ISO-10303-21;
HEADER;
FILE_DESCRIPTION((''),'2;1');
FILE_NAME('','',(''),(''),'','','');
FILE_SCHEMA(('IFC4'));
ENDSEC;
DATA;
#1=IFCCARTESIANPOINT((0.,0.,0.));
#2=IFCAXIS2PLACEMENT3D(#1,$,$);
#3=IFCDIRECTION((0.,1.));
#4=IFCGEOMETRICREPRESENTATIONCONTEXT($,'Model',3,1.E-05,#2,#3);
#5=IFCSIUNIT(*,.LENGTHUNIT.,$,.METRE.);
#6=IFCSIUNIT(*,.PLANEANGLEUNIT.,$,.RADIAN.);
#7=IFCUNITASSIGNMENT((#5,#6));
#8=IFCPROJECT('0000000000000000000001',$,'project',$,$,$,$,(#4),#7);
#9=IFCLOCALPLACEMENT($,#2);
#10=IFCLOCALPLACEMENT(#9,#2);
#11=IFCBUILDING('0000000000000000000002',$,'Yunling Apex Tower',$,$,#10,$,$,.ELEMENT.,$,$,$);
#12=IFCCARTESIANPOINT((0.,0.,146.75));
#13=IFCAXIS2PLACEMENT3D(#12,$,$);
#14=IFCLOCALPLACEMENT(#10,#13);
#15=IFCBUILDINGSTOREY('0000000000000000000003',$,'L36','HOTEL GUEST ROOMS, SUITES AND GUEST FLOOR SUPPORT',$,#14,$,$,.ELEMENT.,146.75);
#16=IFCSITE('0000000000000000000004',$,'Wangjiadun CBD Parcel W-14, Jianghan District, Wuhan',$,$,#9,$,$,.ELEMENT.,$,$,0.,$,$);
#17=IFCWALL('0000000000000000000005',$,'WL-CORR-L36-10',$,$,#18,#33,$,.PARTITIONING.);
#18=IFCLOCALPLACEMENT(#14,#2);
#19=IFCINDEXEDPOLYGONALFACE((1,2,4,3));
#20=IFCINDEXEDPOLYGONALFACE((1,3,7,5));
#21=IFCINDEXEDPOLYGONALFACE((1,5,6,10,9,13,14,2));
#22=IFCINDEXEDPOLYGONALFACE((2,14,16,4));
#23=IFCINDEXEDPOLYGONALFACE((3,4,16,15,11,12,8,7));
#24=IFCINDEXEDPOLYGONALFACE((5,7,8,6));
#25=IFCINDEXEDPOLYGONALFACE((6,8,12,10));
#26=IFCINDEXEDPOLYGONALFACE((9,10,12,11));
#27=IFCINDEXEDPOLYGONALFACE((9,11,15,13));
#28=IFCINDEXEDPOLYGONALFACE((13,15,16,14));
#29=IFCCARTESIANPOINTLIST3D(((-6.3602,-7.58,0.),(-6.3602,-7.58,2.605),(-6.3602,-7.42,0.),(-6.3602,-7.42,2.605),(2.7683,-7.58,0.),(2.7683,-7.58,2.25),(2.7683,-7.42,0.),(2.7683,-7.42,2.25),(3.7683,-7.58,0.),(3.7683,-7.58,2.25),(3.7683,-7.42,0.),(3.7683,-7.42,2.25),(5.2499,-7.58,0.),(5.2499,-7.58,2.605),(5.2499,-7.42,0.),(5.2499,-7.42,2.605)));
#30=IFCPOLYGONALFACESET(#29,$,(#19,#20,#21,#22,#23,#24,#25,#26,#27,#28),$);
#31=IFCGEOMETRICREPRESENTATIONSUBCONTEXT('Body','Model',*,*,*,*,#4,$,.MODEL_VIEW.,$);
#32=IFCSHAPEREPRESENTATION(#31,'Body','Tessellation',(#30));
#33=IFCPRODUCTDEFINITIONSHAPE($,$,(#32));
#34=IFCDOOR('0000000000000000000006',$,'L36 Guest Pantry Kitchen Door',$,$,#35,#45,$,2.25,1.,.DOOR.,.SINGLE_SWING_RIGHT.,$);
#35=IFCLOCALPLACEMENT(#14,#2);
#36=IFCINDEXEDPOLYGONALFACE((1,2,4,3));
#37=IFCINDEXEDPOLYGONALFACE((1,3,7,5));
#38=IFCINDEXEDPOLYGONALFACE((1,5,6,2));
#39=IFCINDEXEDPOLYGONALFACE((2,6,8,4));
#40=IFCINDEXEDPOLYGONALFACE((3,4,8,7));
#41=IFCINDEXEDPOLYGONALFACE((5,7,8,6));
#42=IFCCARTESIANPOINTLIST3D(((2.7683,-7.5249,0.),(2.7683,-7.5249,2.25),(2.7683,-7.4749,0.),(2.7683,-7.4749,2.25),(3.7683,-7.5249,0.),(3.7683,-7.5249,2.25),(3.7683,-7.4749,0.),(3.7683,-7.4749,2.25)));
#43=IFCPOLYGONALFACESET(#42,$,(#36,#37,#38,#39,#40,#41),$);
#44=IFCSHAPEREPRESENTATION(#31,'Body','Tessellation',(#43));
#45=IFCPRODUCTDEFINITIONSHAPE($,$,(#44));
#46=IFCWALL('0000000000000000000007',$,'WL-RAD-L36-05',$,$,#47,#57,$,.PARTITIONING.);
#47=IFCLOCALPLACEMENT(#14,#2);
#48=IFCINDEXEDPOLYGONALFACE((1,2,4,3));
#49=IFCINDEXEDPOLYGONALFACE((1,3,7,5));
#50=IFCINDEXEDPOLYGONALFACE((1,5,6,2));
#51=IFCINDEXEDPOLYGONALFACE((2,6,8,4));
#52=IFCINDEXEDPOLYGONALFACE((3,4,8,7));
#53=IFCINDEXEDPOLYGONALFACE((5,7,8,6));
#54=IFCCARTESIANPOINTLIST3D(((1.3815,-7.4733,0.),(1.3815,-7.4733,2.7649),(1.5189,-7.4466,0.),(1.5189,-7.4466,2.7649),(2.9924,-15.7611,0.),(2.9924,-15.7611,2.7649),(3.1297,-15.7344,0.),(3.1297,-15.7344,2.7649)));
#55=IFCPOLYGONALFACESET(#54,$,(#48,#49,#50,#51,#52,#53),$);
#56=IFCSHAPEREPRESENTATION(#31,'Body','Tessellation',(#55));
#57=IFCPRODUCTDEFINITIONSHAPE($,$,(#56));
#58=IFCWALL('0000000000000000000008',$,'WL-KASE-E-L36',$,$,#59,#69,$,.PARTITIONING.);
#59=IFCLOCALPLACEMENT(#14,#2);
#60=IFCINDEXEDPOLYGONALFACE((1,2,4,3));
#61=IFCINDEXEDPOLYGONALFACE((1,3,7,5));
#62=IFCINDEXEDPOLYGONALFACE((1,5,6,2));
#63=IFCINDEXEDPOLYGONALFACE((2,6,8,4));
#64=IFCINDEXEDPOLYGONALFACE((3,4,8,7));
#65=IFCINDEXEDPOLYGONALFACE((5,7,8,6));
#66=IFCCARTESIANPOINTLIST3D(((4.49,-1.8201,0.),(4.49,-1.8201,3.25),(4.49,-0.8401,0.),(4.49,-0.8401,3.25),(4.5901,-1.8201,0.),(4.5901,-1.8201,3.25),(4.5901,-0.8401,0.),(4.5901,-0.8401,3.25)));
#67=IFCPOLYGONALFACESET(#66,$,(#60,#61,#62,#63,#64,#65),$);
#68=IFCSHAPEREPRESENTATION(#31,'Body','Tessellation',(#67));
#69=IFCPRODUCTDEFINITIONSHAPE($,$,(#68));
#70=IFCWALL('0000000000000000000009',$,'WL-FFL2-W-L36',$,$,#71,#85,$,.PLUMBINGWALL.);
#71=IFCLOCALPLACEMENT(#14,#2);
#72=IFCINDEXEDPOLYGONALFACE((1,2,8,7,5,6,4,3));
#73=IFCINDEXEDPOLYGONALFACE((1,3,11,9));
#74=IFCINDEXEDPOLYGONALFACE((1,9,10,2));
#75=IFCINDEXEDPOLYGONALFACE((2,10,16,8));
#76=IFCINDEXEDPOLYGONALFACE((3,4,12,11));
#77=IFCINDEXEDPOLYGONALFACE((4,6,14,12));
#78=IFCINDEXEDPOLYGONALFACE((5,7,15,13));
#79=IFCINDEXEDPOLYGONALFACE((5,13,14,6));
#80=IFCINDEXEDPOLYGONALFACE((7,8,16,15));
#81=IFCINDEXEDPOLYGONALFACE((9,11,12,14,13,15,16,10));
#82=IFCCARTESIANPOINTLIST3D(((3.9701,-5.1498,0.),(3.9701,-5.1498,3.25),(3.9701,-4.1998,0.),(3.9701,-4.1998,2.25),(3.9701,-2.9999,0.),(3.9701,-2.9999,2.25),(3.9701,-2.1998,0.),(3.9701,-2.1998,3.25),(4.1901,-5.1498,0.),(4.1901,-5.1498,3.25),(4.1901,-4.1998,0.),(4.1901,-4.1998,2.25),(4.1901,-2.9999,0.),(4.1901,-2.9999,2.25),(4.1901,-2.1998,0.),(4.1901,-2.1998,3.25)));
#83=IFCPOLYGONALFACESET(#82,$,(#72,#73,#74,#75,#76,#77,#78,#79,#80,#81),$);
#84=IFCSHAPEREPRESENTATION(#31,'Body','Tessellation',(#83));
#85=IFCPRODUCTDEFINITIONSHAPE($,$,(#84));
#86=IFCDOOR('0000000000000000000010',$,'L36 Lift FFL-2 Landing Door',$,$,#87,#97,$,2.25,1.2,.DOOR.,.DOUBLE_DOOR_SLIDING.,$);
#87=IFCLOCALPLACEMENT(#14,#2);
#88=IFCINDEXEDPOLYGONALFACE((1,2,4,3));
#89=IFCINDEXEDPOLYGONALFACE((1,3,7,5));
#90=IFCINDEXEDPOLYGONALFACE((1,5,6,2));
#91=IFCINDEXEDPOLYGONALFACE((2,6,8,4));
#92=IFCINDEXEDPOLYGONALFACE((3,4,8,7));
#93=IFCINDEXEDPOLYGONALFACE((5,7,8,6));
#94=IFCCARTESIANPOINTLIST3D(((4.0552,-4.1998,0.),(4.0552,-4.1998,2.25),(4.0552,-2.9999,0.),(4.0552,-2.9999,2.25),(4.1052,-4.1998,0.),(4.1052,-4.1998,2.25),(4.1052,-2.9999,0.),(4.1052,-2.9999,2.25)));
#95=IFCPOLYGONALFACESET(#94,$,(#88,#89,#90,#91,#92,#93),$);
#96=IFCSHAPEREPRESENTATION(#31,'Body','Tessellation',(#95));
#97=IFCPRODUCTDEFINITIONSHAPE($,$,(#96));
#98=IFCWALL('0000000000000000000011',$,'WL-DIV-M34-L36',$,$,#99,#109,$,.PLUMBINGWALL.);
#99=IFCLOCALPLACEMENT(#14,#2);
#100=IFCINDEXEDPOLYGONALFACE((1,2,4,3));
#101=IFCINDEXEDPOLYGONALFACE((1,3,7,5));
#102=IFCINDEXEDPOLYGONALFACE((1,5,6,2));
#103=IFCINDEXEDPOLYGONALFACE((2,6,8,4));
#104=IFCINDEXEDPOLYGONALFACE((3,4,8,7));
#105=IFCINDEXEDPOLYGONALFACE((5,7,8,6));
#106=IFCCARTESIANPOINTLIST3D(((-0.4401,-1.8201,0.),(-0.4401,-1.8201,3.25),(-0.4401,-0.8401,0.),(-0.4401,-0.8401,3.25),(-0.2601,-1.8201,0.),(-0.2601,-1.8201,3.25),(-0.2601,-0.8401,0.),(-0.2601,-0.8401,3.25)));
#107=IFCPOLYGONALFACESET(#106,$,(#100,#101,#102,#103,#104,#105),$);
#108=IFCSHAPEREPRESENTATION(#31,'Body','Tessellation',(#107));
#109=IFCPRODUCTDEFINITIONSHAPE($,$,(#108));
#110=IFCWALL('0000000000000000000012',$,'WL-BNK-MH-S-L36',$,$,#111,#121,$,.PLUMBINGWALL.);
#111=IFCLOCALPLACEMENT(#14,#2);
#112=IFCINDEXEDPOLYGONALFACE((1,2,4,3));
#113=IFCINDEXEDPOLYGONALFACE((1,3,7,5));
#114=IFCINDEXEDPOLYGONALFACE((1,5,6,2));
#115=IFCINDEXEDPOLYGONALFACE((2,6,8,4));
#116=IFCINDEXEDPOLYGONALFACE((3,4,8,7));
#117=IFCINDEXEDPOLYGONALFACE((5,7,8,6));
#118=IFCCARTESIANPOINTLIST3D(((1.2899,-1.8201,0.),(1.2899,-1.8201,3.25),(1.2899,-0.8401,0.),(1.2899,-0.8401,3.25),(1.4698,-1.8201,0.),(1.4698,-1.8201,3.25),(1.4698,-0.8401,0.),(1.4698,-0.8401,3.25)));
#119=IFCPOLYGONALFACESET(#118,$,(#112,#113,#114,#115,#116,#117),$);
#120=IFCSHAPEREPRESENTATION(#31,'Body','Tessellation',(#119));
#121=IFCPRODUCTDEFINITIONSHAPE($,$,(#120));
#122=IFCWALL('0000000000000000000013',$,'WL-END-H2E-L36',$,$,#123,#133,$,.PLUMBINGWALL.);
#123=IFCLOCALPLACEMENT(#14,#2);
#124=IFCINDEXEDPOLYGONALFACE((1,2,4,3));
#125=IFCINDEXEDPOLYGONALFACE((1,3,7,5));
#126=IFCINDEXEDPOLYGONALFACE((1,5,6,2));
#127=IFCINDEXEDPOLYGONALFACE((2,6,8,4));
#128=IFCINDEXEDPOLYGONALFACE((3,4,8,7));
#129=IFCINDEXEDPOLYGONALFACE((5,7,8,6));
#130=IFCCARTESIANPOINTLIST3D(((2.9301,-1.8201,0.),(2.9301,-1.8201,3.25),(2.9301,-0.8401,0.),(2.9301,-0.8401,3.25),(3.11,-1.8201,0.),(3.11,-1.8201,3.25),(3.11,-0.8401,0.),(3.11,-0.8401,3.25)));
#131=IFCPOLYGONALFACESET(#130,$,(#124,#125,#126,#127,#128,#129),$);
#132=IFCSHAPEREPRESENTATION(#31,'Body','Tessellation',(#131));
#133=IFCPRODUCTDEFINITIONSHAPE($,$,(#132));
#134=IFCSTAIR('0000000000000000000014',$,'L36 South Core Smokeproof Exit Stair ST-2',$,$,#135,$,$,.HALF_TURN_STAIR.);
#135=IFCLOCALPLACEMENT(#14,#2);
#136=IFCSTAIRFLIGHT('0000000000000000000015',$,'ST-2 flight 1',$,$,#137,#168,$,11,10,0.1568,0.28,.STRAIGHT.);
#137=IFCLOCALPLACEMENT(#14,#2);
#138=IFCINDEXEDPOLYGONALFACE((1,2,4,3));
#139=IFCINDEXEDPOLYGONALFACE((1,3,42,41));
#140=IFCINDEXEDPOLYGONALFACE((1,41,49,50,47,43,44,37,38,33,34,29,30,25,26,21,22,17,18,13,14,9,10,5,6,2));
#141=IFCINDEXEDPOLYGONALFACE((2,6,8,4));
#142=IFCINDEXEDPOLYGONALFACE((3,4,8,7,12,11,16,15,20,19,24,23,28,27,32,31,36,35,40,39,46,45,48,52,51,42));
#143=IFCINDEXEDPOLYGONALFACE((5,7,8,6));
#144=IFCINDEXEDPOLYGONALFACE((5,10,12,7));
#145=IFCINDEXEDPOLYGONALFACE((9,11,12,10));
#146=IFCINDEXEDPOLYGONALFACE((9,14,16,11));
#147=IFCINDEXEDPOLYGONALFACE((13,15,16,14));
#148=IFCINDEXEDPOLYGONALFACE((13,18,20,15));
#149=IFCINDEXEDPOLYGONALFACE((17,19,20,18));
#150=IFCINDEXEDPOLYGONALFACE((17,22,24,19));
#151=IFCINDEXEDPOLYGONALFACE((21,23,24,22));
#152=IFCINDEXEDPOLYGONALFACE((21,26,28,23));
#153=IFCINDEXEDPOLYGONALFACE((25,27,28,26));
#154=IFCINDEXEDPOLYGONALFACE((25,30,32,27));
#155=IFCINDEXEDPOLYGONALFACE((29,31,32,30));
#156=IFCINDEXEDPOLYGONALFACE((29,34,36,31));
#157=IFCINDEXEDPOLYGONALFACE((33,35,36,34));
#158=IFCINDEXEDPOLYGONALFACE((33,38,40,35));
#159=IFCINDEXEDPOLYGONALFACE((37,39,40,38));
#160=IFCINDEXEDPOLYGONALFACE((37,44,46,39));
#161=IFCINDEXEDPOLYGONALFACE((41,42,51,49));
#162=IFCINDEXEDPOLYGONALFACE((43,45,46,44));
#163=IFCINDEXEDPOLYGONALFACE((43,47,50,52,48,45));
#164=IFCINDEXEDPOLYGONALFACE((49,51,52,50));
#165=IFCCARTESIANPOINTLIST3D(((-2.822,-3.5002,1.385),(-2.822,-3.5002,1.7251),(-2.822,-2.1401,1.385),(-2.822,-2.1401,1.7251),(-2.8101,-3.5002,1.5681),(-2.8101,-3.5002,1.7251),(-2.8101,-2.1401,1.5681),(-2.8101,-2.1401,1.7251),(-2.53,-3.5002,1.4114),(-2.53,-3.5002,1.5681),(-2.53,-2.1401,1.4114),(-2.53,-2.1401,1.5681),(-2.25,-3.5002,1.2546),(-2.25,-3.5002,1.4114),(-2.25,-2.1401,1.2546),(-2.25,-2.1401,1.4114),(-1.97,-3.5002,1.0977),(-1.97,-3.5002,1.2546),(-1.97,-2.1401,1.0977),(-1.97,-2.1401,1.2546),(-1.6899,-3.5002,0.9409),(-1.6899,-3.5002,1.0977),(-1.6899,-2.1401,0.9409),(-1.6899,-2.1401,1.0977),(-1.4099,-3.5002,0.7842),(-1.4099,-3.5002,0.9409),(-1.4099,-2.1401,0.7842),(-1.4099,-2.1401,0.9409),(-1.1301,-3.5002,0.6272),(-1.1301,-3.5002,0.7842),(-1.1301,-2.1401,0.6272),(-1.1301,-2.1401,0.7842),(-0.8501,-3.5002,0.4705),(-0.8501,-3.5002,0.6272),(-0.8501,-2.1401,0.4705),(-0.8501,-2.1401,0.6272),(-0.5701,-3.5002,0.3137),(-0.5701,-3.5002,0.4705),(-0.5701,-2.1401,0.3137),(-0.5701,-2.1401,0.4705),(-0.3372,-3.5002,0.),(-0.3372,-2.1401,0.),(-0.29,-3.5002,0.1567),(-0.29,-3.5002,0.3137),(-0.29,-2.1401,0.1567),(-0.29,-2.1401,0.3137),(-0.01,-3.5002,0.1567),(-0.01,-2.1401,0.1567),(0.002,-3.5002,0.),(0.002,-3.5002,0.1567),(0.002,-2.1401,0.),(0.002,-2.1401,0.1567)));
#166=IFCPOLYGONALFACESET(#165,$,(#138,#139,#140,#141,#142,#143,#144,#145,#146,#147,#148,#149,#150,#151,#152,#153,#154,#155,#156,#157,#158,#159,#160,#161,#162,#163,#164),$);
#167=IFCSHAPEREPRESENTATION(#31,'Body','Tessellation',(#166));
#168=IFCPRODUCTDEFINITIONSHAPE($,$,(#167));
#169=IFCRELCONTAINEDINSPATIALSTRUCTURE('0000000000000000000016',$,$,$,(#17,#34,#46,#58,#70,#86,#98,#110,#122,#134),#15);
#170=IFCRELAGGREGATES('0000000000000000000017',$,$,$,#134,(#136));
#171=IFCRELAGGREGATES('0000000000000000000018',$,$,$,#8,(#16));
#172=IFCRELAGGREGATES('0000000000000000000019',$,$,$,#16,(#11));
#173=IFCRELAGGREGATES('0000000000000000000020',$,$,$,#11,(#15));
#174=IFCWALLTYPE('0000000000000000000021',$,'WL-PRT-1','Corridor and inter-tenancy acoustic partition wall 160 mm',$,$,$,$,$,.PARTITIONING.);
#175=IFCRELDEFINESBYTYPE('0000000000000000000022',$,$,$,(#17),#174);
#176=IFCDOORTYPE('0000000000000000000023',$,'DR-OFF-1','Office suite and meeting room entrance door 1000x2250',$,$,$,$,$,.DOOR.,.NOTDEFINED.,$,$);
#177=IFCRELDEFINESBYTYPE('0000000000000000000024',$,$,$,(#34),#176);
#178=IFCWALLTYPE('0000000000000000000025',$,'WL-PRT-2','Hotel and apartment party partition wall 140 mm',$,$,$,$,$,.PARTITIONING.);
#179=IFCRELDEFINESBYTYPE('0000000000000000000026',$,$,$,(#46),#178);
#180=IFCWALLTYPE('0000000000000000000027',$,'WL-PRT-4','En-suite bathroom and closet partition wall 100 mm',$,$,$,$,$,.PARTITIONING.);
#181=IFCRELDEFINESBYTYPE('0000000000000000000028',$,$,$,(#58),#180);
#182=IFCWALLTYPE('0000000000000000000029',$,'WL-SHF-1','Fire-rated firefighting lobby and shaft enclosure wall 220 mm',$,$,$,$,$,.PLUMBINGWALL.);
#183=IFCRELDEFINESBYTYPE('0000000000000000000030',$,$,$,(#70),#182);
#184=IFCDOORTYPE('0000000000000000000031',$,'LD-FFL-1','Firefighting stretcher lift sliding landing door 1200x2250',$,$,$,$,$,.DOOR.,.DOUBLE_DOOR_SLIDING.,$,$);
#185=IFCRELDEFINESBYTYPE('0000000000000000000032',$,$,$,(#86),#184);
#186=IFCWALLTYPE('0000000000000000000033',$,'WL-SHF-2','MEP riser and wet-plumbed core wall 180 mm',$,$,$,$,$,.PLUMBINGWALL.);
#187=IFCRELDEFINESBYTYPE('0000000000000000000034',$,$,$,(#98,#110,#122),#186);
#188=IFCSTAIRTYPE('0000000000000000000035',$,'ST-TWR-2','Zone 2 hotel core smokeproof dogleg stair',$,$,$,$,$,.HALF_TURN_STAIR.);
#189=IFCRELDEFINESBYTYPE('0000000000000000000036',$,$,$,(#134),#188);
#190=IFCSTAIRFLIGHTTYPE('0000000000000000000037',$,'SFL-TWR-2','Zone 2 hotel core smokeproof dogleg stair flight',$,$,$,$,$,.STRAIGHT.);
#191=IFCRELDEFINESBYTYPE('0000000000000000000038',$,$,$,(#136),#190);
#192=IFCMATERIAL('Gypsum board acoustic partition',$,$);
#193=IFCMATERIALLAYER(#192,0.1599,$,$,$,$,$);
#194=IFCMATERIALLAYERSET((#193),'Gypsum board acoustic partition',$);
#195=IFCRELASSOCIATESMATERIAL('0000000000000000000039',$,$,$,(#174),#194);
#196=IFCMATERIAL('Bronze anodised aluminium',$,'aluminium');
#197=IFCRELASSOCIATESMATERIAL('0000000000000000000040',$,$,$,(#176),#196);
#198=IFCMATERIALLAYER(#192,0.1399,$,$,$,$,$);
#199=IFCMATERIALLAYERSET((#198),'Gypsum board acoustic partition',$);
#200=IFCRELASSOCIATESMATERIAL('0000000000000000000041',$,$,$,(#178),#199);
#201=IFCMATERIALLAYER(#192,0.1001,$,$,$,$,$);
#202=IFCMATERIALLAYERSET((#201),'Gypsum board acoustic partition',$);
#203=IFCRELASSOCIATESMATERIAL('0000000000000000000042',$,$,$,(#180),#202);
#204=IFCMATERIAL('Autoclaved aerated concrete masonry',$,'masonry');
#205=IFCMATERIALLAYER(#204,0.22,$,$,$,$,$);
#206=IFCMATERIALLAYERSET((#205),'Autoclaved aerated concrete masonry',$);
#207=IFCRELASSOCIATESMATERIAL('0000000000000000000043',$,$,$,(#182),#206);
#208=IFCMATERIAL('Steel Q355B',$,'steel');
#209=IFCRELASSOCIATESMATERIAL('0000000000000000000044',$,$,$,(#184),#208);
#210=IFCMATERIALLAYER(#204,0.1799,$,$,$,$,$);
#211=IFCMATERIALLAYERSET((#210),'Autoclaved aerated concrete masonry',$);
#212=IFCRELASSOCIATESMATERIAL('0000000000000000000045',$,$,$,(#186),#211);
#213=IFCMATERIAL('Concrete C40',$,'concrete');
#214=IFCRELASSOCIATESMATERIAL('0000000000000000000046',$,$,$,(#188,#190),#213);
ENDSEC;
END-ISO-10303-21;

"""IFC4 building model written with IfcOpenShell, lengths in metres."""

from ifc_helpers import new_model, si_unit, direction, frame, frame_2d, origin, place, context, subcontext, project, spatial, polyline, rectangle, outline, extrude, material, layer, layer_set, type_object, element, fill, aggregate, save


model = new_model("IFC4")

# Units and contexts
model_context = context("Model", 3, precision=1e-05, world=origin(), true_north=direction((0.0, 1.0)))
body_context = subcontext(model_context, "Body", "Model", "MODEL_VIEW")
ifc_project = project(units=[si_unit("LENGTHUNIT", "METRE"), si_unit("PLANEANGLEUNIT", "RADIAN")], contexts=[model_context])

# Site, building, storey
site_placement = place(None, origin())
site = spatial("IfcSite", under=ifc_project, at=site_placement, Name="Wangjiadun CBD Parcel W-14, Jianghan District, Wuhan", CompositionType="ELEMENT", RefElevation=0.0)
building_placement = place(site_placement, origin())
building = spatial("IfcBuilding", under=site, at=building_placement, Name="Yunling Apex Tower", CompositionType="ELEMENT")
storey_placement = place(building_placement, frame((0.0, 0.0, 146.75)))
storey = spatial("IfcBuildingStorey", under=building, at=storey_placement, Name="L36", Description="HOTEL GUEST ROOMS, SUITES AND GUEST FLOOR SUPPORT", CompositionType="ELEMENT", Elevation=146.75)

# Shared definitions
ifc_material_1 = material(Name="Steel Q355B", Category="steel")

# Shared definitions
ifc_material_2 = material(Name="Bronze anodised aluminium", Category="aluminium")

# Shared definitions
ifc_material_3 = material(Name="Concrete C40", Category="concrete")
ifc_material_4 = material(Name="Gypsum board acoustic partition")
ifc_layer_1 = layer(ifc_material_4, 0.1599)
ifc_layer_set_1 = layer_set([ifc_layer_1], Name="Gypsum board acoustic partition")
wall_type_1 = type_object("IfcWallType", Name="WL-PRT-1", Description="Corridor and inter-tenancy acoustic partition wall 160 mm", PredefinedType="PARTITIONING", material=ifc_layer_set_1)

# Wall, opening, door
wall_1_placement = place(storey_placement, frame((5.25, -7.5, 0.0), z_axis=(0.0, 0.0, 1.0), x_axis=(-1.0, 0.0, 0.0)))
wall_1 = element("IfcWall", 1, at=wall_1_placement, inside=storey, type_object=wall_type_1, Name="WL-CORR-L36-10", PredefinedType="PARTITIONING", context=body_context, shape_type="SweptSolid", body=[
    extrude(rectangle(XDim=11.6101, YDim=0.1599, at=frame_2d((5.8052, 0.0))), origin(), (0.0, 0.0, 1.0), 2.605),
])
opening_1_placement = place(wall_1_placement, frame((1.4817, 0.0, 0.0)))
opening_1 = element("IfcOpeningElement", 2, at=opening_1_placement, cuts=wall_1, PredefinedType="OPENING", context=body_context, shape_type="SweptSolid", body=[
    extrude(rectangle(XDim=1.0, YDim=2.25, at=frame_2d((0.5, 1.125))), frame((0.0, 0.0898, 0.0), z_axis=(0.0, -1.0, 0.0), x_axis=(1.0, 0.0, 0.0)), (0.0, 0.0, 1.0), 0.1799),
])
door_type_1 = type_object("IfcDoorType", Name="DR-OFF-1", Description="Office suite and meeting room entrance door 1000x2250", OperationType="NOTDEFINED", PredefinedType="DOOR", material=ifc_material_2)
door_1_placement = place(opening_1_placement, origin())
door_1 = element("IfcDoor", 3, at=door_1_placement, inside=storey, type_object=door_type_1, Name="L36 Guest Pantry Kitchen Door", OperationType="SINGLE_SWING_RIGHT", OverallHeight=2.25, OverallWidth=1.0, PredefinedType="DOOR", context=body_context, shape_type="SweptSolid", body=[
    extrude(rectangle(XDim=1.0, YDim=2.25, at=frame_2d((0.5, 1.125))), frame((0.0, 0.0249, 0.0), z_axis=(0.0, -1.0, 0.0), x_axis=(1.0, 0.0, 0.0)), (0.0, 0.0, 1.0), 0.05),
])
fill(opening_1, door_1)

# Walls
ifc_layer_2 = layer(ifc_material_4, 0.1399)
ifc_layer_set_2 = layer_set([ifc_layer_2], Name="Gypsum board acoustic partition")
wall_type_2 = type_object("IfcWallType", Name="WL-PRT-2", Description="Hotel and apartment party partition wall 140 mm", PredefinedType="PARTITIONING", material=ifc_layer_set_2)
wall_2_placement = place(storey_placement, frame((1.4502, -7.46, 0.0), z_axis=(0.0, 0.0, 1.0), x_axis=(0.190791, -0.981631, 0.0)))
element("IfcWall", 4, at=wall_2_placement, inside=storey, type_object=wall_type_2, Name="WL-RAD-L36-05", PredefinedType="PARTITIONING", context=body_context, shape_type="SweptSolid", body=[
    extrude(rectangle(XDim=8.4429, YDim=0.1399, at=frame_2d((4.2214, 0.0))), origin(), (0.0, 0.0, 1.0), 2.7649),
])
ifc_layer_3 = layer(ifc_material_4, 0.1001)
ifc_layer_set_3 = layer_set([ifc_layer_3], Name="Gypsum board acoustic partition")
wall_type_3 = type_object("IfcWallType", Name="WL-PRT-4", Description="En-suite bathroom and closet partition wall 100 mm", PredefinedType="PARTITIONING", material=ifc_layer_set_3)
wall_3_placement = place(storey_placement, frame((4.54, -1.8201, 0.0), z_axis=(0.0, 0.0, 1.0), x_axis=(0.0, 1.0, 0.0)))
element("IfcWall", 5, at=wall_3_placement, inside=storey, type_object=wall_type_3, Name="WL-KASE-E-L36", PredefinedType="PARTITIONING", context=body_context, shape_type="SweptSolid", body=[
    extrude(rectangle(XDim=0.98, YDim=0.1001, at=frame_2d((0.49, 0.0))), origin(), (0.0, 0.0, 1.0), 3.25),
])

# Wall, opening, door
ifc_material_5 = material(Name="Autoclaved aerated concrete masonry", Category="masonry")
ifc_layer_4 = layer(ifc_material_5, 0.22)
ifc_layer_set_4 = layer_set([ifc_layer_4], Name="Autoclaved aerated concrete masonry")
wall_type_4 = type_object("IfcWallType", Name="WL-SHF-1", Description="Fire-rated firefighting lobby and shaft enclosure wall 220 mm", PredefinedType="PLUMBINGWALL", material=ifc_layer_set_4)
wall_4_placement = place(storey_placement, frame((4.0801, -5.1499, 0.0), z_axis=(0.0, 0.0, 1.0), x_axis=(0.0, 1.0, 0.0)))
wall_4 = element("IfcWall", 6, at=wall_4_placement, inside=storey, type_object=wall_type_4, Name="WL-FFL2-W-L36", PredefinedType="PLUMBINGWALL", context=body_context, shape_type="SweptSolid", body=[
    extrude(rectangle(XDim=2.95, YDim=0.22, at=frame_2d((1.4751, 0.0))), origin(), (0.0, 0.0, 1.0), 3.25),
])
opening_2_placement = place(wall_4_placement, frame((0.95, 0.0, 0.0)))
opening_2 = element("IfcOpeningElement", 7, at=opening_2_placement, cuts=wall_4, PredefinedType="OPENING", context=body_context, shape_type="SweptSolid", body=[
    extrude(rectangle(XDim=1.2, YDim=2.25, at=frame_2d((0.6001, 1.125))), frame((0.0, 0.1201, 0.0), z_axis=(0.0, -1.0, 0.0), x_axis=(1.0, 0.0, 0.0)), (0.0, 0.0, 1.0), 0.24),
])
door_type_2 = type_object("IfcDoorType", Name="LD-FFL-1", Description="Firefighting stretcher lift sliding landing door 1200x2250", OperationType="DOUBLE_DOOR_SLIDING", PredefinedType="DOOR", material=ifc_material_1)
door_2_placement = place(opening_2_placement, origin())
door_2 = element("IfcDoor", 8, at=door_2_placement, inside=storey, type_object=door_type_2, Name="L36 Lift FFL-2 Landing Door", OperationType="DOUBLE_DOOR_SLIDING", OverallHeight=2.25, OverallWidth=1.2, PredefinedType="DOOR", context=body_context, shape_type="SweptSolid", body=[
    extrude(rectangle(XDim=1.2, YDim=2.25, at=frame_2d((0.6001, 1.125))), frame((0.0, 0.0249, 0.0), z_axis=(0.0, -1.0, 0.0), x_axis=(1.0, 0.0, 0.0)), (0.0, 0.0, 1.0), 0.05),
])
fill(opening_2, door_2)

# Walls
ifc_layer_5 = layer(ifc_material_5, 0.1799)
ifc_layer_set_5 = layer_set([ifc_layer_5], Name="Autoclaved aerated concrete masonry")
wall_type_5 = type_object("IfcWallType", Name="WL-SHF-2", Description="MEP riser and wet-plumbed core wall 180 mm", PredefinedType="PLUMBINGWALL", material=ifc_layer_set_5)
for number, where, z_axis, x_axis, name in (
    (9, (-0.3501, -1.8201, 0.0), (0.0, 0.0, 1.0), (0.0, 1.0, 0.0), "WL-DIV-M34-L36"),
    (10, (1.3799, -1.8201, 0.0), (0.0, 0.0, 1.0), (0.0, 1.0, 0.0), "WL-BNK-MH-S-L36"),
    (11, (3.02, -1.8201, 0.0), (0.0, 0.0, 1.0), (0.0, 1.0, 0.0), "WL-END-H2E-L36"),
):
    element("IfcWall", number, at=place(storey_placement, frame(where, z_axis=z_axis, x_axis=x_axis)), inside=storey, type_object=wall_type_5, Name=name, PredefinedType="PLUMBINGWALL", context=body_context, shape_type="SweptSolid", body=[
        extrude(rectangle(XDim=0.98, YDim=0.1799, at=frame_2d((0.49, 0.0))), origin(), (0.0, 0.0, 1.0), 3.25),
    ])

# Stair, stair flight
stair_type = type_object("IfcStairType", Name="ST-TWR-2", Description="Zone 2 hotel core smokeproof dogleg stair", PredefinedType="HALF_TURN_STAIR", material=ifc_material_3)
stair_placement = place(storey_placement, origin())
stair = element("IfcStair", 12, at=stair_placement, inside=storey, type_object=stair_type, Name="L36 South Core Smokeproof Exit Stair ST-2", PredefinedType="HALF_TURN_STAIR")
stair_flight_type = type_object("IfcStairFlightType", Name="SFL-TWR-2", Description="Zone 2 hotel core smokeproof dogleg stair flight", PredefinedType="STRAIGHT", material=ifc_material_3)
stair_flight_placement = place(storey_placement, frame((-0.01, -2.8201, 0.0), z_axis=(0.0, 0.0, 1.0), x_axis=(-1.0, 0.0, 0.0)))
stair_flight = element("IfcStairFlight", 13, at=stair_flight_placement, type_object=stair_flight_type, Name="ST-2 flight 1", NumberOfRisers=11, NumberOfTreads=10, PredefinedType="STRAIGHT", RiserHeight=0.1568, TreadLength=0.28, context=body_context, shape_type="SweptSolid", body=[
    extrude(outline(polyline([(-0.012, 0.0), (-0.012, 0.1567), (0.0, 0.1567), (0.28, 0.1567), (0.28, 0.3137), (0.5601, 0.3137), (0.5601, 0.4705), (0.8401, 0.4705), (0.8401, 0.6272), (1.1201, 0.6272), (1.1201, 0.7842), (1.3999, 0.7842), (1.3999, 0.9409), (1.6799, 0.9409), (1.6799, 1.0977), (1.96, 1.0977), (1.96, 1.2546), (2.24, 1.2546), (2.24, 1.4114), (2.52, 1.4114), (2.52, 1.5681), (2.8, 1.5681), (2.8, 1.7251), (2.812, 1.7251), (2.812, 1.385), (0.3271, 0.0), (-0.012, 0.0)])), frame((0.0, 0.6802, 0.0), z_axis=(0.0, -1.0, 0.0), x_axis=(1.0, 0.0, 0.0)), (0.0, 0.0, 1.0), 1.3601),
])
aggregate(stair, [stair_flight])

save(model, "model.ifc")
